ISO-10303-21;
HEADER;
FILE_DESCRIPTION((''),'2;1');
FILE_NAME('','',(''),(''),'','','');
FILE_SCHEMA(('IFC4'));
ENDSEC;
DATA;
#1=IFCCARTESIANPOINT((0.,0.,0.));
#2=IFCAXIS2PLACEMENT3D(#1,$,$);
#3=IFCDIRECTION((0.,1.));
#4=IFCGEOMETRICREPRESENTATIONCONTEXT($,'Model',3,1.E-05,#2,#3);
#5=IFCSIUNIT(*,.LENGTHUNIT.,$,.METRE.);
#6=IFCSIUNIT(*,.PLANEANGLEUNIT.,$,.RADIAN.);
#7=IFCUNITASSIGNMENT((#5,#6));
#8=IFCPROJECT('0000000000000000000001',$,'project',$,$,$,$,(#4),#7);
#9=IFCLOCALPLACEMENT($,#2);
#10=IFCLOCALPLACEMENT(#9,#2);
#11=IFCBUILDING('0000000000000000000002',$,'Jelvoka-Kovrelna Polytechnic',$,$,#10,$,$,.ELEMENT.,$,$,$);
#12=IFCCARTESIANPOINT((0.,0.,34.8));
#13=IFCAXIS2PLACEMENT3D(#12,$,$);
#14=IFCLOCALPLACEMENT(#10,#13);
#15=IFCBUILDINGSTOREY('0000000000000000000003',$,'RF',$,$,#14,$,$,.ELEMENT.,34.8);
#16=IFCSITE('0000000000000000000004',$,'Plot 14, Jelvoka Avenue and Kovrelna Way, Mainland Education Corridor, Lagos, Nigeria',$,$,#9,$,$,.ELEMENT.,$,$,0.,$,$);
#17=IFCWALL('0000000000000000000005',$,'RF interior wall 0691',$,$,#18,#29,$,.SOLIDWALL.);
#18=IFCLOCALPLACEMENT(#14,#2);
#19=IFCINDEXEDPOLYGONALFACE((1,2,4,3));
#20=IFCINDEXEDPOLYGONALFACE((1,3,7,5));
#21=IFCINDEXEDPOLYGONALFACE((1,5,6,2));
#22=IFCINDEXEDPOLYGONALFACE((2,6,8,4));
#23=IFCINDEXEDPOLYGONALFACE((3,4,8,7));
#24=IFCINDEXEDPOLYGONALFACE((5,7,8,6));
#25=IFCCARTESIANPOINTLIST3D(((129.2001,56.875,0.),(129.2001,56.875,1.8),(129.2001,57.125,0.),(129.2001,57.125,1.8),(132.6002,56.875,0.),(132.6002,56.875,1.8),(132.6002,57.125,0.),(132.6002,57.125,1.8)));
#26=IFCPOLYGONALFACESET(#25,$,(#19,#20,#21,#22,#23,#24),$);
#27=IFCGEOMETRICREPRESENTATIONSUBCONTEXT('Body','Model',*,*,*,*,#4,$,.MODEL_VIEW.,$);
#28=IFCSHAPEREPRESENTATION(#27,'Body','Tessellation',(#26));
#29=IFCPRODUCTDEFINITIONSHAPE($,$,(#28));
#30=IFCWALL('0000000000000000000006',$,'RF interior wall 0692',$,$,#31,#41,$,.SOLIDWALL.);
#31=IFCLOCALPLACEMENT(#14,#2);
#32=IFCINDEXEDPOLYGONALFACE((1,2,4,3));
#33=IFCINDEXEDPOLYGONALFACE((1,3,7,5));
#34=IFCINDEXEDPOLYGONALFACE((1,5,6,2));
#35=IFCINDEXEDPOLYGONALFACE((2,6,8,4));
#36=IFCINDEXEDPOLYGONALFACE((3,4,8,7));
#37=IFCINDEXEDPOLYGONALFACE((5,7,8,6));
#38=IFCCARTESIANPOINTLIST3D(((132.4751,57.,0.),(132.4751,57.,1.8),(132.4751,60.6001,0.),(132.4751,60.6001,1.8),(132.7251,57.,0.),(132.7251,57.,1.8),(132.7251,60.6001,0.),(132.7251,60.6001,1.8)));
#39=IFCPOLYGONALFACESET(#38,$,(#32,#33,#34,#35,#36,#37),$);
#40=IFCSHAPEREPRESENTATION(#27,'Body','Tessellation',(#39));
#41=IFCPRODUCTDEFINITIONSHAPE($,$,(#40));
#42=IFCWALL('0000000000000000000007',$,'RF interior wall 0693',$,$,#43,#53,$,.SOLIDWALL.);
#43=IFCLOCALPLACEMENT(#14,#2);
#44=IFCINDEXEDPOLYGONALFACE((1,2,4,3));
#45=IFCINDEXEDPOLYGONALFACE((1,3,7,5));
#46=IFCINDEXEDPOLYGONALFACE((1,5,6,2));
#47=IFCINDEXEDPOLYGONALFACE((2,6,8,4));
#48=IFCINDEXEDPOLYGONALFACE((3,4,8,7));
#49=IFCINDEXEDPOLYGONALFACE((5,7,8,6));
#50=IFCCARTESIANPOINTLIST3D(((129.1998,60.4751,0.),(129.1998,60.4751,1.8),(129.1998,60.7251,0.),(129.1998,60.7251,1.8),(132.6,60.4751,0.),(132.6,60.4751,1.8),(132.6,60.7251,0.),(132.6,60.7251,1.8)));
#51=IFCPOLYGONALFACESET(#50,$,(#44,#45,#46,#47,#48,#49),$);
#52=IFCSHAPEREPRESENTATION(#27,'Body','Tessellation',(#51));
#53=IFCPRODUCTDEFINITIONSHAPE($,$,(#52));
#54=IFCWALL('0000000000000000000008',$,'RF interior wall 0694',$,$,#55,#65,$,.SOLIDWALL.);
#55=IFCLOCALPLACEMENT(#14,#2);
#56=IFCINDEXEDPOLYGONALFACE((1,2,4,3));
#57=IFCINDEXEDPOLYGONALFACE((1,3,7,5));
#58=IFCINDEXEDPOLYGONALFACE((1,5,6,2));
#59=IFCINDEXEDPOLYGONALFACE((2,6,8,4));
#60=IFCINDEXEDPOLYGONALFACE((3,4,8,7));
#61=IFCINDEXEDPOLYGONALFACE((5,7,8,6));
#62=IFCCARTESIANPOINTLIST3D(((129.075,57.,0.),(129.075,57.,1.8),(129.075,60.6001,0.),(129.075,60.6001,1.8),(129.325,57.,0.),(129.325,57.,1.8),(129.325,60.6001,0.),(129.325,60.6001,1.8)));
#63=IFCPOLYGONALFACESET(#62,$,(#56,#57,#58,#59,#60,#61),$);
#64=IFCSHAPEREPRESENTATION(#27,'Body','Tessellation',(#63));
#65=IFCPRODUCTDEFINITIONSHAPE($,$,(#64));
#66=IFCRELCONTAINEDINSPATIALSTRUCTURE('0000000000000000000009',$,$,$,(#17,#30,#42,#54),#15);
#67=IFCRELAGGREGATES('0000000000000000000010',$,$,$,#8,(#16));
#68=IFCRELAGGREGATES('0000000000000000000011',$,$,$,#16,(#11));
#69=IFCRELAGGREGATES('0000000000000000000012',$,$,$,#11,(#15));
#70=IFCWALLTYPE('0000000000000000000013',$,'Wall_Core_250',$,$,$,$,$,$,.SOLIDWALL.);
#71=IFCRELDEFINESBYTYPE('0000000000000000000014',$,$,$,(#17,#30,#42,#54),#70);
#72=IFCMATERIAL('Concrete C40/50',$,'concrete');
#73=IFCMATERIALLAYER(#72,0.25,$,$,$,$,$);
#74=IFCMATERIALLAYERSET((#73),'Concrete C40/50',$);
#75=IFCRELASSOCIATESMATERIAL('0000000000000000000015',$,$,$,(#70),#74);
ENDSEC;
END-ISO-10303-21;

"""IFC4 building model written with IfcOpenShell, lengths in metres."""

from ifc_helpers import new_model, si_unit, direction, frame, frame_2d, origin, place, context, subcontext, project, spatial, rectangle, extrude, material, layer, layer_set, type_object, element, save


model = new_model("IFC4")

# Units and contexts
model_context = context("Model", 3, precision=1e-05, world=origin(), true_north=direction((0.0, 1.0)))
body_context = subcontext(model_context, "Body", "Model", "MODEL_VIEW")
ifc_project = project(units=[si_unit("LENGTHUNIT", "METRE"), si_unit("PLANEANGLEUNIT", "RADIAN")], contexts=[model_context])

# Site, building, storey
site_placement = place(None, origin())
site = spatial("IfcSite", under=ifc_project, at=site_placement, Name="Plot 14, Jelvoka Avenue and Kovrelna Way, Mainland Education Corridor, Lagos, Nigeria", CompositionType="ELEMENT", RefElevation=0.0)
building_placement = place(site_placement, origin())
building = spatial("IfcBuilding", under=site, at=building_placement, Name="Jelvoka-Kovrelna Polytechnic", CompositionType="ELEMENT")
storey_placement = place(building_placement, frame((0.0, 0.0, 34.8)))
storey = spatial("IfcBuildingStorey", under=building, at=storey_placement, Name="RF", CompositionType="ELEMENT", Elevation=34.8)

# Walls
ifc_material_1 = material(Name="Concrete C40/50", Category="concrete")
ifc_layer = layer(ifc_material_1, 0.25)
ifc_layer_set = layer_set([ifc_layer], Name="Concrete C40/50")
wall_type = type_object("IfcWallType", Name="Wall_Core_250", PredefinedType="SOLIDWALL", material=ifc_layer_set)
wall_1_placement = place(storey_placement, frame((129.2, 57.0, 0.0), z_axis=(0.0, 0.0, 1.0), x_axis=(1.0, 0.0, 0.0)))
element("IfcWall", 1, at=wall_1_placement, inside=storey, type_object=wall_type, Name="RF interior wall 0691", PredefinedType="SOLIDWALL", context=body_context, shape_type="SweptSolid", body=[
    extrude(rectangle(XDim=3.4001, YDim=0.25, at=frame_2d((1.7002, 0.0))), origin(), (0.0, 0.0, 1.0), 1.8),
])
wall_2_placement = place(storey_placement, frame((132.6001, 57.0, 0.0), z_axis=(0.0, 0.0, 1.0), x_axis=(0.0, 1.0, 0.0)))
element("IfcWall", 2, at=wall_2_placement, inside=storey, type_object=wall_type, Name="RF interior wall 0692", PredefinedType="SOLIDWALL", context=body_context, shape_type="SweptSolid", body=[
    extrude(rectangle(XDim=3.6001, YDim=0.25, at=frame_2d((1.8, 0.0))), origin(), (0.0, 0.0, 1.0), 1.8),
])
wall_3_placement = place(storey_placement, frame((132.6001, 60.6001, 0.0), z_axis=(0.0, 0.0, 1.0), x_axis=(-1.0, 0.0, 0.0)))
element("IfcWall", 3, at=wall_3_placement, inside=storey, type_object=wall_type, Name="RF interior wall 0693", PredefinedType="SOLIDWALL", context=body_context, shape_type="SweptSolid", body=[
    extrude(rectangle(XDim=3.4001, YDim=0.25, at=frame_2d((1.7002, 0.0))), origin(), (0.0, 0.0, 1.0), 1.8),
])
wall_4_placement = place(storey_placement, frame((129.2, 60.6001, 0.0), z_axis=(0.0, 0.0, 1.0), x_axis=(0.0, -1.0, 0.0)))
element("IfcWall", 4, at=wall_4_placement, inside=storey, type_object=wall_type, Name="RF interior wall 0694", PredefinedType="SOLIDWALL", context=body_context, shape_type="SweptSolid", body=[
    extrude(rectangle(XDim=3.6001, YDim=0.25, at=frame_2d((1.8, 0.0))), origin(), (0.0, 0.0, 1.0), 1.8),
])

save(model, "model.ifc")
